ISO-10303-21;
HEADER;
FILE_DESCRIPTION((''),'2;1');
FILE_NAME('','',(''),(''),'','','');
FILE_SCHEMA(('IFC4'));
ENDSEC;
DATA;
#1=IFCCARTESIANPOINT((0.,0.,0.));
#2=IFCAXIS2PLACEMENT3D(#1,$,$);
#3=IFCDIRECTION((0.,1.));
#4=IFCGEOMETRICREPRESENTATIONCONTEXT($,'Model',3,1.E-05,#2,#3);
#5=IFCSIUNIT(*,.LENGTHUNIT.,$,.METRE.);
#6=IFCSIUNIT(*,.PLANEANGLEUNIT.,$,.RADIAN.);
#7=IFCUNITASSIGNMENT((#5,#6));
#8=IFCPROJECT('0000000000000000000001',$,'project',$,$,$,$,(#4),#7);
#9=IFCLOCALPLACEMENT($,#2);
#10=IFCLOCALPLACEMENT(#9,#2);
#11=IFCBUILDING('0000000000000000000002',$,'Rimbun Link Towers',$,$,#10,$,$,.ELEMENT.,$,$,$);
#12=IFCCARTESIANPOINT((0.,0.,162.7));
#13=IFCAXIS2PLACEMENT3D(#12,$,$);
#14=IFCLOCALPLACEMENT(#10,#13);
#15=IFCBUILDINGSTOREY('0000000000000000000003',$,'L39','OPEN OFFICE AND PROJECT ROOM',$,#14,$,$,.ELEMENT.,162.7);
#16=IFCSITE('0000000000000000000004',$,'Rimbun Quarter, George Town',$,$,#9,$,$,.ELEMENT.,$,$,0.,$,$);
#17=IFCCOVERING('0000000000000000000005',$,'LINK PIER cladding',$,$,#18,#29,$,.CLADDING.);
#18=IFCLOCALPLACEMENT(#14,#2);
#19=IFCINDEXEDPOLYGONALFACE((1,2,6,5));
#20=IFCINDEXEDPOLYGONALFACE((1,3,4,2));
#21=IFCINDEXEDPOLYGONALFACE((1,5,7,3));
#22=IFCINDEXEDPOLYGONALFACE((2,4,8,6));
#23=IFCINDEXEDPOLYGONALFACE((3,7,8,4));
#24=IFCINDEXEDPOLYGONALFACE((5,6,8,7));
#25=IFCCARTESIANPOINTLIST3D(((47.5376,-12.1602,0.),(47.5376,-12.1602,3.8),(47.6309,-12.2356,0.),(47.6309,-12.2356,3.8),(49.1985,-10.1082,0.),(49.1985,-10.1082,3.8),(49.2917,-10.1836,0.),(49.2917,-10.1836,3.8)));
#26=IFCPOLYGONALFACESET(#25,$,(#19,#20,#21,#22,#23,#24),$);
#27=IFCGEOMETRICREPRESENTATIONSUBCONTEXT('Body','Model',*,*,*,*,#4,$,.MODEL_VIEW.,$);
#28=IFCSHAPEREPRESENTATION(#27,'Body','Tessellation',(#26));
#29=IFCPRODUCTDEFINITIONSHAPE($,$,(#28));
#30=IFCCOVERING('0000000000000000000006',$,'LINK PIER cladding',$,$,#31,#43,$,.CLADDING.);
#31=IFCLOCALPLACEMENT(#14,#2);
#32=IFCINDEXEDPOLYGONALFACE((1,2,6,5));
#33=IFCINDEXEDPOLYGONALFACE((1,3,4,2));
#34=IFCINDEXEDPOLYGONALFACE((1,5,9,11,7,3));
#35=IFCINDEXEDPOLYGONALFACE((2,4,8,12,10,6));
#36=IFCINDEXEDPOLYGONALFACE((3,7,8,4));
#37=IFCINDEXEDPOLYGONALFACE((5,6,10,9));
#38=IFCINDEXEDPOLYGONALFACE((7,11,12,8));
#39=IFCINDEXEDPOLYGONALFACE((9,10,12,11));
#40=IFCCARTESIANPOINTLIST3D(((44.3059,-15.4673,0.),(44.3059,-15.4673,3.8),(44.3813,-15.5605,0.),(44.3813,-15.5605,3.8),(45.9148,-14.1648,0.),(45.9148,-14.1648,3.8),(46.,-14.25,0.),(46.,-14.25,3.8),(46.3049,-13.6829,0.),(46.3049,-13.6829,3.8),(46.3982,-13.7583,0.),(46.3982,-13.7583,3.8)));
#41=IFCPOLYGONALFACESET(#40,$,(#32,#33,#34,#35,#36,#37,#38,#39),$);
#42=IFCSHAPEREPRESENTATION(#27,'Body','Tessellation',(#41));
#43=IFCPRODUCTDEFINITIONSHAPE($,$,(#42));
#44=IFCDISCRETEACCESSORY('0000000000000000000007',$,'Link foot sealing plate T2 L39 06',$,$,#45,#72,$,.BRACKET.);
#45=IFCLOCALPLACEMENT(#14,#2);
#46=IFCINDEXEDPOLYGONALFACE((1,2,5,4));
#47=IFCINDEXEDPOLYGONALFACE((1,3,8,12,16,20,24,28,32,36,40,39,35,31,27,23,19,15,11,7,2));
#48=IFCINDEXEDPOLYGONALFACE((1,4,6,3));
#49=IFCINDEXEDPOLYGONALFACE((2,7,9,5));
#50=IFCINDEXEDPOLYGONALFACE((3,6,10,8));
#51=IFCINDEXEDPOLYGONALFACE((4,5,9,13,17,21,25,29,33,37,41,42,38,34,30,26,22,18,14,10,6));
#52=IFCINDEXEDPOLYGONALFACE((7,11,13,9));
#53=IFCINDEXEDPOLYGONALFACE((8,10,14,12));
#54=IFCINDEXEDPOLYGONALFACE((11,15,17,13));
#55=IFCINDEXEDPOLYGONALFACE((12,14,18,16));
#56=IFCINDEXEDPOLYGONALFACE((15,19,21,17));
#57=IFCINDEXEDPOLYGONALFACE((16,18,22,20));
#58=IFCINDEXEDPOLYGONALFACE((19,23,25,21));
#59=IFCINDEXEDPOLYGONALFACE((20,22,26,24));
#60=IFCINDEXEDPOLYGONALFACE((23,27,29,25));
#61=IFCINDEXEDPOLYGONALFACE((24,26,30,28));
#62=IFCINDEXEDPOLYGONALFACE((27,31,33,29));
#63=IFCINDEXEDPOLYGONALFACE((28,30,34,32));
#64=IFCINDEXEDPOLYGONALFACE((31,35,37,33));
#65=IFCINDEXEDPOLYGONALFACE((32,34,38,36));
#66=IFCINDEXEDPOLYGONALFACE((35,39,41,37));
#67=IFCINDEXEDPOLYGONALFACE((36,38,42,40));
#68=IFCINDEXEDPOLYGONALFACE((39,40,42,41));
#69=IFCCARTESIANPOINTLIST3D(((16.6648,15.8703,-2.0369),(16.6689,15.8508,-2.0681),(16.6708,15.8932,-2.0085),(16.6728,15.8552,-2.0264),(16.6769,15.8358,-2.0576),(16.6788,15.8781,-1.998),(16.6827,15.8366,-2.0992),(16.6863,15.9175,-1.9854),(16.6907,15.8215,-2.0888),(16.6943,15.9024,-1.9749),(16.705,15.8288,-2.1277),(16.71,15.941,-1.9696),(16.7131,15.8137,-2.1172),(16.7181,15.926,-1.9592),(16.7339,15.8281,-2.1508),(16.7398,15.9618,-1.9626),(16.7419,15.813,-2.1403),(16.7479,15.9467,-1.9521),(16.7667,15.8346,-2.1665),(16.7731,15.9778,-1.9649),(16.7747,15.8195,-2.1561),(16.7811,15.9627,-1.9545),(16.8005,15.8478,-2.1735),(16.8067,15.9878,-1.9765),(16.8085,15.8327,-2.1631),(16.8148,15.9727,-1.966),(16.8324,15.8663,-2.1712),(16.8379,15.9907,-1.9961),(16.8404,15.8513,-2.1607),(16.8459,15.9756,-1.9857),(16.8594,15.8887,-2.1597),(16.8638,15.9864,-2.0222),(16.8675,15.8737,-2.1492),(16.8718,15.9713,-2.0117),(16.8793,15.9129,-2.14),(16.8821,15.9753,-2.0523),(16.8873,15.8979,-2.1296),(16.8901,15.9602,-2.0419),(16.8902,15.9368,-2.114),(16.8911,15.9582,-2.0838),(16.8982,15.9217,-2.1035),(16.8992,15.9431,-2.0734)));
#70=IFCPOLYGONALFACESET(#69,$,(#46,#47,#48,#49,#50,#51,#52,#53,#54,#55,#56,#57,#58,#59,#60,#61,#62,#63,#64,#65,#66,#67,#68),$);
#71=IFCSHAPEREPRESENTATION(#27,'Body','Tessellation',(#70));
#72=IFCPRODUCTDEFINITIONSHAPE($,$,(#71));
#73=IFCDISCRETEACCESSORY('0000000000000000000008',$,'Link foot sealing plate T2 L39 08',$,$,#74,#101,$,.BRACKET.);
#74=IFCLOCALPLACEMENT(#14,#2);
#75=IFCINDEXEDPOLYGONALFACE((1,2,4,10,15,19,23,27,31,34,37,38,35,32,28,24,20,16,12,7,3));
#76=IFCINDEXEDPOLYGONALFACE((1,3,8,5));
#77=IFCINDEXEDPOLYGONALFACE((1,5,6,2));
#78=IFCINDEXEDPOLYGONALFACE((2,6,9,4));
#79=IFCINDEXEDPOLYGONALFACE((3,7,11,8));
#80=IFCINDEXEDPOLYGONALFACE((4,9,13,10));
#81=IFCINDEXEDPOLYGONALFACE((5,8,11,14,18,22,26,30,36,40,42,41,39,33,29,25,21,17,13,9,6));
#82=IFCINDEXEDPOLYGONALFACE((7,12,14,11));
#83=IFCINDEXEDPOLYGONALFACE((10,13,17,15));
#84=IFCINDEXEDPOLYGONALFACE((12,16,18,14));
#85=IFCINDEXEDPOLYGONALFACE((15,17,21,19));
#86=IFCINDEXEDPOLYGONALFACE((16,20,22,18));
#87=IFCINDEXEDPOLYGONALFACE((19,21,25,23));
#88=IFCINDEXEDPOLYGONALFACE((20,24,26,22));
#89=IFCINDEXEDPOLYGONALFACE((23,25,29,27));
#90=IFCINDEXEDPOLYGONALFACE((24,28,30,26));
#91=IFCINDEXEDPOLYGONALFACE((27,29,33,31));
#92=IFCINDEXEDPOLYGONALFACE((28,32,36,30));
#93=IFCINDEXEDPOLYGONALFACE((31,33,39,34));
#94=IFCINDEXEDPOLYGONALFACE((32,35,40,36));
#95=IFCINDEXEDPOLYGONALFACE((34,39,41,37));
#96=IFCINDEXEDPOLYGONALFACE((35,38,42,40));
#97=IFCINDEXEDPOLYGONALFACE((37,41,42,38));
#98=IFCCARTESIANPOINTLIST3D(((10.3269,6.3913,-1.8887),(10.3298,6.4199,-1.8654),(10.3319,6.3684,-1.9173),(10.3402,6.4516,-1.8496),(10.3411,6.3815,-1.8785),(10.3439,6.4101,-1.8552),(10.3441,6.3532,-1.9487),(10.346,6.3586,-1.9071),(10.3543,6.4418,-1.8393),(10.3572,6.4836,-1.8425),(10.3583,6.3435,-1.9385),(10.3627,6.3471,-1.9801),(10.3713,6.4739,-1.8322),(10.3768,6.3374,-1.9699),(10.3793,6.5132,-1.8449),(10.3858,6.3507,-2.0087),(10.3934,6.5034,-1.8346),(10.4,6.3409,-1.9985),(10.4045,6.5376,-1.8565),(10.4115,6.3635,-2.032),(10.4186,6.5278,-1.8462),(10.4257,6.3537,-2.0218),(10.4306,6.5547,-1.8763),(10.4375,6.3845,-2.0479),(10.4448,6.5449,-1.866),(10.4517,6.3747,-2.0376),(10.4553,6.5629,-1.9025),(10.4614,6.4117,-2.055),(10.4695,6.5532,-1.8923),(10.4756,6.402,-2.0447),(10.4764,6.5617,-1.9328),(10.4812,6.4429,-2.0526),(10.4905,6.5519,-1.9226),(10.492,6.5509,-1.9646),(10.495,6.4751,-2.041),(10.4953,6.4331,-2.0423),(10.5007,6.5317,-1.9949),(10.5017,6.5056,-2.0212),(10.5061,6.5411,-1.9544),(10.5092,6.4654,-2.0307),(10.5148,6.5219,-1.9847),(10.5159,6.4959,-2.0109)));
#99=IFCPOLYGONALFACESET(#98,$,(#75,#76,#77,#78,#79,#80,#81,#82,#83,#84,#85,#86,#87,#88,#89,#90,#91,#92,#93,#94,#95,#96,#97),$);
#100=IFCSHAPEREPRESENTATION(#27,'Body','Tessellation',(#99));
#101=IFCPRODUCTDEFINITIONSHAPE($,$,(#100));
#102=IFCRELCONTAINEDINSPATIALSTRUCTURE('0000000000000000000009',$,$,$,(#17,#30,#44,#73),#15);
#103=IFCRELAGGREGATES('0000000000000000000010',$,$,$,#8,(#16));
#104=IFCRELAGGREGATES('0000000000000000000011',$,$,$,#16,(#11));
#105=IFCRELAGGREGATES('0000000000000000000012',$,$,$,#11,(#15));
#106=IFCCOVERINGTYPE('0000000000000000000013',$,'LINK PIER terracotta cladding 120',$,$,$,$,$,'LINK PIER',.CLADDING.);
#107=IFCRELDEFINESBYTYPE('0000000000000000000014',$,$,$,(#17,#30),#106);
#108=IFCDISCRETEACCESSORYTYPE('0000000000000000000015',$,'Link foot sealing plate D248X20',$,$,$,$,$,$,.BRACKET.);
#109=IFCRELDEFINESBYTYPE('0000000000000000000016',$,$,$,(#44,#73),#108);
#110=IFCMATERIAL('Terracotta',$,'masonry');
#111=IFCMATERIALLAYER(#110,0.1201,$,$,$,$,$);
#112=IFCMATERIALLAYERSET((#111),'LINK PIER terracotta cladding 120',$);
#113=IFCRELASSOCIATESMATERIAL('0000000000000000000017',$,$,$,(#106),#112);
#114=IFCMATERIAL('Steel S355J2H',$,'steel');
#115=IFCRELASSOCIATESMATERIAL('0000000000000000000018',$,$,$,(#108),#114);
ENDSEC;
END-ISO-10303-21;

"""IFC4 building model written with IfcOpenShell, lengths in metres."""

from ifc_helpers import new_model, si_unit, direction, frame, origin, origin_2d, place, context, subcontext, project, spatial, polyline, circle, outline, extrude, material, layer, layer_set, material_profile, profile_set, type_object, element, save


model = new_model("IFC4")

# Units and contexts
model_context = context("Model", 3, precision=1e-05, world=origin(), true_north=direction((0.0, 1.0)))
body_context = subcontext(model_context, "Body", "Model", "MODEL_VIEW")
ifc_project = project(units=[si_unit("LENGTHUNIT", "METRE"), si_unit("PLANEANGLEUNIT", "RADIAN")], contexts=[model_context])

# Site, building, storey
site_placement = place(None, origin())
site = spatial("IfcSite", under=ifc_project, at=site_placement, Name="Rimbun Quarter, George Town", CompositionType="ELEMENT", RefElevation=0.0)
building_placement = place(site_placement, origin())
building = spatial("IfcBuilding", under=site, at=building_placement, Name="Rimbun Link Towers", CompositionType="ELEMENT")
storey_placement = place(building_placement, frame((0.0, 0.0, 162.7)))
storey = spatial("IfcBuildingStorey", under=building, at=storey_placement, Name="L39", Description="OPEN OFFICE AND PROJECT ROOM", CompositionType="ELEMENT", Elevation=162.7)

# Coverings
ifc_material_1 = material(Name="Terracotta", Category="masonry")
ifc_layer_1 = layer(ifc_material_1, 0.1201)
ifc_layer_set_1 = layer_set([ifc_layer_1], Name="LINK PIER terracotta cladding 120")
covering_type_1 = type_object("IfcCoveringType", Name="LINK PIER terracotta cladding 120", ElementType="LINK PIER", PredefinedType="CLADDING", material=ifc_layer_set_1)
covering_1_placement = place(storey_placement, origin())
element("IfcCovering", 1, at=covering_1_placement, inside=storey, type_object=covering_type_1, Name="LINK PIER cladding", PredefinedType="CLADDING", context=body_context, shape_type="SweptSolid", body=[
    extrude(outline(polyline([(49.1985, -10.1082), (47.5376, -12.1602), (47.6309, -12.2356), (49.2917, -10.1836), (49.1985, -10.1082)])), origin(), (0.0, 0.0, 1.0), 3.8),
])
covering_2_placement = place(storey_placement, origin())
element("IfcCovering", 2, at=covering_2_placement, inside=storey, type_object=covering_type_1, Name="LINK PIER cladding", PredefinedType="CLADDING", context=body_context, shape_type="SweptSolid", body=[
    extrude(outline(polyline([(46.3049, -13.6829), (45.9148, -14.1648), (44.3059, -15.4673), (44.3813, -15.5605), (46.0, -14.25), (46.3982, -13.7583), (46.3049, -13.6829)])), origin(), (0.0, 0.0, 1.0), 3.8),
])

# Discrete accessories
ifc_material_2 = material(Name="Steel S355J2H", Category="steel")
ifc_material_profile_1 = material_profile(ifc_material_2, circle(Radius=0.124, at=origin_2d()), Name="PL D248")
ifc_profile_set_1 = profile_set([ifc_material_profile_1], Name="Steel S355J2H")
discrete_accessory_type = type_object("IfcDiscreteAccessoryType", Name="Link foot sealing plate D248X20", PredefinedType="BRACKET", material=ifc_profile_set_1)
for number, where, z_axis, x_axis, name in (
    (3, (16.7864, 15.894, -2.0576), (-0.400714, 0.752858, -0.522143), (-0.882747, -0.469849, 0.0), "Link foot sealing plate T2 L39 06"),
    (4, (10.4287, 6.4456, -1.9385), (-0.707107, 0.48766, -0.512043), (-0.567733, -0.823213, 0.0), "Link foot sealing plate T2 L39 08"),
):
    element("IfcDiscreteAccessory", number, at=place(storey_placement, frame(where, z_axis=z_axis, x_axis=x_axis)), inside=storey, type_object=discrete_accessory_type, Name=name, PredefinedType="BRACKET", context=body_context, shape_type="SweptSolid", body=[
        extrude(circle(Radius=0.124, at=origin_2d()), origin(), (0.0, 0.0, 1.0), 0.02),
    ])

save(model, "model.ifc")
